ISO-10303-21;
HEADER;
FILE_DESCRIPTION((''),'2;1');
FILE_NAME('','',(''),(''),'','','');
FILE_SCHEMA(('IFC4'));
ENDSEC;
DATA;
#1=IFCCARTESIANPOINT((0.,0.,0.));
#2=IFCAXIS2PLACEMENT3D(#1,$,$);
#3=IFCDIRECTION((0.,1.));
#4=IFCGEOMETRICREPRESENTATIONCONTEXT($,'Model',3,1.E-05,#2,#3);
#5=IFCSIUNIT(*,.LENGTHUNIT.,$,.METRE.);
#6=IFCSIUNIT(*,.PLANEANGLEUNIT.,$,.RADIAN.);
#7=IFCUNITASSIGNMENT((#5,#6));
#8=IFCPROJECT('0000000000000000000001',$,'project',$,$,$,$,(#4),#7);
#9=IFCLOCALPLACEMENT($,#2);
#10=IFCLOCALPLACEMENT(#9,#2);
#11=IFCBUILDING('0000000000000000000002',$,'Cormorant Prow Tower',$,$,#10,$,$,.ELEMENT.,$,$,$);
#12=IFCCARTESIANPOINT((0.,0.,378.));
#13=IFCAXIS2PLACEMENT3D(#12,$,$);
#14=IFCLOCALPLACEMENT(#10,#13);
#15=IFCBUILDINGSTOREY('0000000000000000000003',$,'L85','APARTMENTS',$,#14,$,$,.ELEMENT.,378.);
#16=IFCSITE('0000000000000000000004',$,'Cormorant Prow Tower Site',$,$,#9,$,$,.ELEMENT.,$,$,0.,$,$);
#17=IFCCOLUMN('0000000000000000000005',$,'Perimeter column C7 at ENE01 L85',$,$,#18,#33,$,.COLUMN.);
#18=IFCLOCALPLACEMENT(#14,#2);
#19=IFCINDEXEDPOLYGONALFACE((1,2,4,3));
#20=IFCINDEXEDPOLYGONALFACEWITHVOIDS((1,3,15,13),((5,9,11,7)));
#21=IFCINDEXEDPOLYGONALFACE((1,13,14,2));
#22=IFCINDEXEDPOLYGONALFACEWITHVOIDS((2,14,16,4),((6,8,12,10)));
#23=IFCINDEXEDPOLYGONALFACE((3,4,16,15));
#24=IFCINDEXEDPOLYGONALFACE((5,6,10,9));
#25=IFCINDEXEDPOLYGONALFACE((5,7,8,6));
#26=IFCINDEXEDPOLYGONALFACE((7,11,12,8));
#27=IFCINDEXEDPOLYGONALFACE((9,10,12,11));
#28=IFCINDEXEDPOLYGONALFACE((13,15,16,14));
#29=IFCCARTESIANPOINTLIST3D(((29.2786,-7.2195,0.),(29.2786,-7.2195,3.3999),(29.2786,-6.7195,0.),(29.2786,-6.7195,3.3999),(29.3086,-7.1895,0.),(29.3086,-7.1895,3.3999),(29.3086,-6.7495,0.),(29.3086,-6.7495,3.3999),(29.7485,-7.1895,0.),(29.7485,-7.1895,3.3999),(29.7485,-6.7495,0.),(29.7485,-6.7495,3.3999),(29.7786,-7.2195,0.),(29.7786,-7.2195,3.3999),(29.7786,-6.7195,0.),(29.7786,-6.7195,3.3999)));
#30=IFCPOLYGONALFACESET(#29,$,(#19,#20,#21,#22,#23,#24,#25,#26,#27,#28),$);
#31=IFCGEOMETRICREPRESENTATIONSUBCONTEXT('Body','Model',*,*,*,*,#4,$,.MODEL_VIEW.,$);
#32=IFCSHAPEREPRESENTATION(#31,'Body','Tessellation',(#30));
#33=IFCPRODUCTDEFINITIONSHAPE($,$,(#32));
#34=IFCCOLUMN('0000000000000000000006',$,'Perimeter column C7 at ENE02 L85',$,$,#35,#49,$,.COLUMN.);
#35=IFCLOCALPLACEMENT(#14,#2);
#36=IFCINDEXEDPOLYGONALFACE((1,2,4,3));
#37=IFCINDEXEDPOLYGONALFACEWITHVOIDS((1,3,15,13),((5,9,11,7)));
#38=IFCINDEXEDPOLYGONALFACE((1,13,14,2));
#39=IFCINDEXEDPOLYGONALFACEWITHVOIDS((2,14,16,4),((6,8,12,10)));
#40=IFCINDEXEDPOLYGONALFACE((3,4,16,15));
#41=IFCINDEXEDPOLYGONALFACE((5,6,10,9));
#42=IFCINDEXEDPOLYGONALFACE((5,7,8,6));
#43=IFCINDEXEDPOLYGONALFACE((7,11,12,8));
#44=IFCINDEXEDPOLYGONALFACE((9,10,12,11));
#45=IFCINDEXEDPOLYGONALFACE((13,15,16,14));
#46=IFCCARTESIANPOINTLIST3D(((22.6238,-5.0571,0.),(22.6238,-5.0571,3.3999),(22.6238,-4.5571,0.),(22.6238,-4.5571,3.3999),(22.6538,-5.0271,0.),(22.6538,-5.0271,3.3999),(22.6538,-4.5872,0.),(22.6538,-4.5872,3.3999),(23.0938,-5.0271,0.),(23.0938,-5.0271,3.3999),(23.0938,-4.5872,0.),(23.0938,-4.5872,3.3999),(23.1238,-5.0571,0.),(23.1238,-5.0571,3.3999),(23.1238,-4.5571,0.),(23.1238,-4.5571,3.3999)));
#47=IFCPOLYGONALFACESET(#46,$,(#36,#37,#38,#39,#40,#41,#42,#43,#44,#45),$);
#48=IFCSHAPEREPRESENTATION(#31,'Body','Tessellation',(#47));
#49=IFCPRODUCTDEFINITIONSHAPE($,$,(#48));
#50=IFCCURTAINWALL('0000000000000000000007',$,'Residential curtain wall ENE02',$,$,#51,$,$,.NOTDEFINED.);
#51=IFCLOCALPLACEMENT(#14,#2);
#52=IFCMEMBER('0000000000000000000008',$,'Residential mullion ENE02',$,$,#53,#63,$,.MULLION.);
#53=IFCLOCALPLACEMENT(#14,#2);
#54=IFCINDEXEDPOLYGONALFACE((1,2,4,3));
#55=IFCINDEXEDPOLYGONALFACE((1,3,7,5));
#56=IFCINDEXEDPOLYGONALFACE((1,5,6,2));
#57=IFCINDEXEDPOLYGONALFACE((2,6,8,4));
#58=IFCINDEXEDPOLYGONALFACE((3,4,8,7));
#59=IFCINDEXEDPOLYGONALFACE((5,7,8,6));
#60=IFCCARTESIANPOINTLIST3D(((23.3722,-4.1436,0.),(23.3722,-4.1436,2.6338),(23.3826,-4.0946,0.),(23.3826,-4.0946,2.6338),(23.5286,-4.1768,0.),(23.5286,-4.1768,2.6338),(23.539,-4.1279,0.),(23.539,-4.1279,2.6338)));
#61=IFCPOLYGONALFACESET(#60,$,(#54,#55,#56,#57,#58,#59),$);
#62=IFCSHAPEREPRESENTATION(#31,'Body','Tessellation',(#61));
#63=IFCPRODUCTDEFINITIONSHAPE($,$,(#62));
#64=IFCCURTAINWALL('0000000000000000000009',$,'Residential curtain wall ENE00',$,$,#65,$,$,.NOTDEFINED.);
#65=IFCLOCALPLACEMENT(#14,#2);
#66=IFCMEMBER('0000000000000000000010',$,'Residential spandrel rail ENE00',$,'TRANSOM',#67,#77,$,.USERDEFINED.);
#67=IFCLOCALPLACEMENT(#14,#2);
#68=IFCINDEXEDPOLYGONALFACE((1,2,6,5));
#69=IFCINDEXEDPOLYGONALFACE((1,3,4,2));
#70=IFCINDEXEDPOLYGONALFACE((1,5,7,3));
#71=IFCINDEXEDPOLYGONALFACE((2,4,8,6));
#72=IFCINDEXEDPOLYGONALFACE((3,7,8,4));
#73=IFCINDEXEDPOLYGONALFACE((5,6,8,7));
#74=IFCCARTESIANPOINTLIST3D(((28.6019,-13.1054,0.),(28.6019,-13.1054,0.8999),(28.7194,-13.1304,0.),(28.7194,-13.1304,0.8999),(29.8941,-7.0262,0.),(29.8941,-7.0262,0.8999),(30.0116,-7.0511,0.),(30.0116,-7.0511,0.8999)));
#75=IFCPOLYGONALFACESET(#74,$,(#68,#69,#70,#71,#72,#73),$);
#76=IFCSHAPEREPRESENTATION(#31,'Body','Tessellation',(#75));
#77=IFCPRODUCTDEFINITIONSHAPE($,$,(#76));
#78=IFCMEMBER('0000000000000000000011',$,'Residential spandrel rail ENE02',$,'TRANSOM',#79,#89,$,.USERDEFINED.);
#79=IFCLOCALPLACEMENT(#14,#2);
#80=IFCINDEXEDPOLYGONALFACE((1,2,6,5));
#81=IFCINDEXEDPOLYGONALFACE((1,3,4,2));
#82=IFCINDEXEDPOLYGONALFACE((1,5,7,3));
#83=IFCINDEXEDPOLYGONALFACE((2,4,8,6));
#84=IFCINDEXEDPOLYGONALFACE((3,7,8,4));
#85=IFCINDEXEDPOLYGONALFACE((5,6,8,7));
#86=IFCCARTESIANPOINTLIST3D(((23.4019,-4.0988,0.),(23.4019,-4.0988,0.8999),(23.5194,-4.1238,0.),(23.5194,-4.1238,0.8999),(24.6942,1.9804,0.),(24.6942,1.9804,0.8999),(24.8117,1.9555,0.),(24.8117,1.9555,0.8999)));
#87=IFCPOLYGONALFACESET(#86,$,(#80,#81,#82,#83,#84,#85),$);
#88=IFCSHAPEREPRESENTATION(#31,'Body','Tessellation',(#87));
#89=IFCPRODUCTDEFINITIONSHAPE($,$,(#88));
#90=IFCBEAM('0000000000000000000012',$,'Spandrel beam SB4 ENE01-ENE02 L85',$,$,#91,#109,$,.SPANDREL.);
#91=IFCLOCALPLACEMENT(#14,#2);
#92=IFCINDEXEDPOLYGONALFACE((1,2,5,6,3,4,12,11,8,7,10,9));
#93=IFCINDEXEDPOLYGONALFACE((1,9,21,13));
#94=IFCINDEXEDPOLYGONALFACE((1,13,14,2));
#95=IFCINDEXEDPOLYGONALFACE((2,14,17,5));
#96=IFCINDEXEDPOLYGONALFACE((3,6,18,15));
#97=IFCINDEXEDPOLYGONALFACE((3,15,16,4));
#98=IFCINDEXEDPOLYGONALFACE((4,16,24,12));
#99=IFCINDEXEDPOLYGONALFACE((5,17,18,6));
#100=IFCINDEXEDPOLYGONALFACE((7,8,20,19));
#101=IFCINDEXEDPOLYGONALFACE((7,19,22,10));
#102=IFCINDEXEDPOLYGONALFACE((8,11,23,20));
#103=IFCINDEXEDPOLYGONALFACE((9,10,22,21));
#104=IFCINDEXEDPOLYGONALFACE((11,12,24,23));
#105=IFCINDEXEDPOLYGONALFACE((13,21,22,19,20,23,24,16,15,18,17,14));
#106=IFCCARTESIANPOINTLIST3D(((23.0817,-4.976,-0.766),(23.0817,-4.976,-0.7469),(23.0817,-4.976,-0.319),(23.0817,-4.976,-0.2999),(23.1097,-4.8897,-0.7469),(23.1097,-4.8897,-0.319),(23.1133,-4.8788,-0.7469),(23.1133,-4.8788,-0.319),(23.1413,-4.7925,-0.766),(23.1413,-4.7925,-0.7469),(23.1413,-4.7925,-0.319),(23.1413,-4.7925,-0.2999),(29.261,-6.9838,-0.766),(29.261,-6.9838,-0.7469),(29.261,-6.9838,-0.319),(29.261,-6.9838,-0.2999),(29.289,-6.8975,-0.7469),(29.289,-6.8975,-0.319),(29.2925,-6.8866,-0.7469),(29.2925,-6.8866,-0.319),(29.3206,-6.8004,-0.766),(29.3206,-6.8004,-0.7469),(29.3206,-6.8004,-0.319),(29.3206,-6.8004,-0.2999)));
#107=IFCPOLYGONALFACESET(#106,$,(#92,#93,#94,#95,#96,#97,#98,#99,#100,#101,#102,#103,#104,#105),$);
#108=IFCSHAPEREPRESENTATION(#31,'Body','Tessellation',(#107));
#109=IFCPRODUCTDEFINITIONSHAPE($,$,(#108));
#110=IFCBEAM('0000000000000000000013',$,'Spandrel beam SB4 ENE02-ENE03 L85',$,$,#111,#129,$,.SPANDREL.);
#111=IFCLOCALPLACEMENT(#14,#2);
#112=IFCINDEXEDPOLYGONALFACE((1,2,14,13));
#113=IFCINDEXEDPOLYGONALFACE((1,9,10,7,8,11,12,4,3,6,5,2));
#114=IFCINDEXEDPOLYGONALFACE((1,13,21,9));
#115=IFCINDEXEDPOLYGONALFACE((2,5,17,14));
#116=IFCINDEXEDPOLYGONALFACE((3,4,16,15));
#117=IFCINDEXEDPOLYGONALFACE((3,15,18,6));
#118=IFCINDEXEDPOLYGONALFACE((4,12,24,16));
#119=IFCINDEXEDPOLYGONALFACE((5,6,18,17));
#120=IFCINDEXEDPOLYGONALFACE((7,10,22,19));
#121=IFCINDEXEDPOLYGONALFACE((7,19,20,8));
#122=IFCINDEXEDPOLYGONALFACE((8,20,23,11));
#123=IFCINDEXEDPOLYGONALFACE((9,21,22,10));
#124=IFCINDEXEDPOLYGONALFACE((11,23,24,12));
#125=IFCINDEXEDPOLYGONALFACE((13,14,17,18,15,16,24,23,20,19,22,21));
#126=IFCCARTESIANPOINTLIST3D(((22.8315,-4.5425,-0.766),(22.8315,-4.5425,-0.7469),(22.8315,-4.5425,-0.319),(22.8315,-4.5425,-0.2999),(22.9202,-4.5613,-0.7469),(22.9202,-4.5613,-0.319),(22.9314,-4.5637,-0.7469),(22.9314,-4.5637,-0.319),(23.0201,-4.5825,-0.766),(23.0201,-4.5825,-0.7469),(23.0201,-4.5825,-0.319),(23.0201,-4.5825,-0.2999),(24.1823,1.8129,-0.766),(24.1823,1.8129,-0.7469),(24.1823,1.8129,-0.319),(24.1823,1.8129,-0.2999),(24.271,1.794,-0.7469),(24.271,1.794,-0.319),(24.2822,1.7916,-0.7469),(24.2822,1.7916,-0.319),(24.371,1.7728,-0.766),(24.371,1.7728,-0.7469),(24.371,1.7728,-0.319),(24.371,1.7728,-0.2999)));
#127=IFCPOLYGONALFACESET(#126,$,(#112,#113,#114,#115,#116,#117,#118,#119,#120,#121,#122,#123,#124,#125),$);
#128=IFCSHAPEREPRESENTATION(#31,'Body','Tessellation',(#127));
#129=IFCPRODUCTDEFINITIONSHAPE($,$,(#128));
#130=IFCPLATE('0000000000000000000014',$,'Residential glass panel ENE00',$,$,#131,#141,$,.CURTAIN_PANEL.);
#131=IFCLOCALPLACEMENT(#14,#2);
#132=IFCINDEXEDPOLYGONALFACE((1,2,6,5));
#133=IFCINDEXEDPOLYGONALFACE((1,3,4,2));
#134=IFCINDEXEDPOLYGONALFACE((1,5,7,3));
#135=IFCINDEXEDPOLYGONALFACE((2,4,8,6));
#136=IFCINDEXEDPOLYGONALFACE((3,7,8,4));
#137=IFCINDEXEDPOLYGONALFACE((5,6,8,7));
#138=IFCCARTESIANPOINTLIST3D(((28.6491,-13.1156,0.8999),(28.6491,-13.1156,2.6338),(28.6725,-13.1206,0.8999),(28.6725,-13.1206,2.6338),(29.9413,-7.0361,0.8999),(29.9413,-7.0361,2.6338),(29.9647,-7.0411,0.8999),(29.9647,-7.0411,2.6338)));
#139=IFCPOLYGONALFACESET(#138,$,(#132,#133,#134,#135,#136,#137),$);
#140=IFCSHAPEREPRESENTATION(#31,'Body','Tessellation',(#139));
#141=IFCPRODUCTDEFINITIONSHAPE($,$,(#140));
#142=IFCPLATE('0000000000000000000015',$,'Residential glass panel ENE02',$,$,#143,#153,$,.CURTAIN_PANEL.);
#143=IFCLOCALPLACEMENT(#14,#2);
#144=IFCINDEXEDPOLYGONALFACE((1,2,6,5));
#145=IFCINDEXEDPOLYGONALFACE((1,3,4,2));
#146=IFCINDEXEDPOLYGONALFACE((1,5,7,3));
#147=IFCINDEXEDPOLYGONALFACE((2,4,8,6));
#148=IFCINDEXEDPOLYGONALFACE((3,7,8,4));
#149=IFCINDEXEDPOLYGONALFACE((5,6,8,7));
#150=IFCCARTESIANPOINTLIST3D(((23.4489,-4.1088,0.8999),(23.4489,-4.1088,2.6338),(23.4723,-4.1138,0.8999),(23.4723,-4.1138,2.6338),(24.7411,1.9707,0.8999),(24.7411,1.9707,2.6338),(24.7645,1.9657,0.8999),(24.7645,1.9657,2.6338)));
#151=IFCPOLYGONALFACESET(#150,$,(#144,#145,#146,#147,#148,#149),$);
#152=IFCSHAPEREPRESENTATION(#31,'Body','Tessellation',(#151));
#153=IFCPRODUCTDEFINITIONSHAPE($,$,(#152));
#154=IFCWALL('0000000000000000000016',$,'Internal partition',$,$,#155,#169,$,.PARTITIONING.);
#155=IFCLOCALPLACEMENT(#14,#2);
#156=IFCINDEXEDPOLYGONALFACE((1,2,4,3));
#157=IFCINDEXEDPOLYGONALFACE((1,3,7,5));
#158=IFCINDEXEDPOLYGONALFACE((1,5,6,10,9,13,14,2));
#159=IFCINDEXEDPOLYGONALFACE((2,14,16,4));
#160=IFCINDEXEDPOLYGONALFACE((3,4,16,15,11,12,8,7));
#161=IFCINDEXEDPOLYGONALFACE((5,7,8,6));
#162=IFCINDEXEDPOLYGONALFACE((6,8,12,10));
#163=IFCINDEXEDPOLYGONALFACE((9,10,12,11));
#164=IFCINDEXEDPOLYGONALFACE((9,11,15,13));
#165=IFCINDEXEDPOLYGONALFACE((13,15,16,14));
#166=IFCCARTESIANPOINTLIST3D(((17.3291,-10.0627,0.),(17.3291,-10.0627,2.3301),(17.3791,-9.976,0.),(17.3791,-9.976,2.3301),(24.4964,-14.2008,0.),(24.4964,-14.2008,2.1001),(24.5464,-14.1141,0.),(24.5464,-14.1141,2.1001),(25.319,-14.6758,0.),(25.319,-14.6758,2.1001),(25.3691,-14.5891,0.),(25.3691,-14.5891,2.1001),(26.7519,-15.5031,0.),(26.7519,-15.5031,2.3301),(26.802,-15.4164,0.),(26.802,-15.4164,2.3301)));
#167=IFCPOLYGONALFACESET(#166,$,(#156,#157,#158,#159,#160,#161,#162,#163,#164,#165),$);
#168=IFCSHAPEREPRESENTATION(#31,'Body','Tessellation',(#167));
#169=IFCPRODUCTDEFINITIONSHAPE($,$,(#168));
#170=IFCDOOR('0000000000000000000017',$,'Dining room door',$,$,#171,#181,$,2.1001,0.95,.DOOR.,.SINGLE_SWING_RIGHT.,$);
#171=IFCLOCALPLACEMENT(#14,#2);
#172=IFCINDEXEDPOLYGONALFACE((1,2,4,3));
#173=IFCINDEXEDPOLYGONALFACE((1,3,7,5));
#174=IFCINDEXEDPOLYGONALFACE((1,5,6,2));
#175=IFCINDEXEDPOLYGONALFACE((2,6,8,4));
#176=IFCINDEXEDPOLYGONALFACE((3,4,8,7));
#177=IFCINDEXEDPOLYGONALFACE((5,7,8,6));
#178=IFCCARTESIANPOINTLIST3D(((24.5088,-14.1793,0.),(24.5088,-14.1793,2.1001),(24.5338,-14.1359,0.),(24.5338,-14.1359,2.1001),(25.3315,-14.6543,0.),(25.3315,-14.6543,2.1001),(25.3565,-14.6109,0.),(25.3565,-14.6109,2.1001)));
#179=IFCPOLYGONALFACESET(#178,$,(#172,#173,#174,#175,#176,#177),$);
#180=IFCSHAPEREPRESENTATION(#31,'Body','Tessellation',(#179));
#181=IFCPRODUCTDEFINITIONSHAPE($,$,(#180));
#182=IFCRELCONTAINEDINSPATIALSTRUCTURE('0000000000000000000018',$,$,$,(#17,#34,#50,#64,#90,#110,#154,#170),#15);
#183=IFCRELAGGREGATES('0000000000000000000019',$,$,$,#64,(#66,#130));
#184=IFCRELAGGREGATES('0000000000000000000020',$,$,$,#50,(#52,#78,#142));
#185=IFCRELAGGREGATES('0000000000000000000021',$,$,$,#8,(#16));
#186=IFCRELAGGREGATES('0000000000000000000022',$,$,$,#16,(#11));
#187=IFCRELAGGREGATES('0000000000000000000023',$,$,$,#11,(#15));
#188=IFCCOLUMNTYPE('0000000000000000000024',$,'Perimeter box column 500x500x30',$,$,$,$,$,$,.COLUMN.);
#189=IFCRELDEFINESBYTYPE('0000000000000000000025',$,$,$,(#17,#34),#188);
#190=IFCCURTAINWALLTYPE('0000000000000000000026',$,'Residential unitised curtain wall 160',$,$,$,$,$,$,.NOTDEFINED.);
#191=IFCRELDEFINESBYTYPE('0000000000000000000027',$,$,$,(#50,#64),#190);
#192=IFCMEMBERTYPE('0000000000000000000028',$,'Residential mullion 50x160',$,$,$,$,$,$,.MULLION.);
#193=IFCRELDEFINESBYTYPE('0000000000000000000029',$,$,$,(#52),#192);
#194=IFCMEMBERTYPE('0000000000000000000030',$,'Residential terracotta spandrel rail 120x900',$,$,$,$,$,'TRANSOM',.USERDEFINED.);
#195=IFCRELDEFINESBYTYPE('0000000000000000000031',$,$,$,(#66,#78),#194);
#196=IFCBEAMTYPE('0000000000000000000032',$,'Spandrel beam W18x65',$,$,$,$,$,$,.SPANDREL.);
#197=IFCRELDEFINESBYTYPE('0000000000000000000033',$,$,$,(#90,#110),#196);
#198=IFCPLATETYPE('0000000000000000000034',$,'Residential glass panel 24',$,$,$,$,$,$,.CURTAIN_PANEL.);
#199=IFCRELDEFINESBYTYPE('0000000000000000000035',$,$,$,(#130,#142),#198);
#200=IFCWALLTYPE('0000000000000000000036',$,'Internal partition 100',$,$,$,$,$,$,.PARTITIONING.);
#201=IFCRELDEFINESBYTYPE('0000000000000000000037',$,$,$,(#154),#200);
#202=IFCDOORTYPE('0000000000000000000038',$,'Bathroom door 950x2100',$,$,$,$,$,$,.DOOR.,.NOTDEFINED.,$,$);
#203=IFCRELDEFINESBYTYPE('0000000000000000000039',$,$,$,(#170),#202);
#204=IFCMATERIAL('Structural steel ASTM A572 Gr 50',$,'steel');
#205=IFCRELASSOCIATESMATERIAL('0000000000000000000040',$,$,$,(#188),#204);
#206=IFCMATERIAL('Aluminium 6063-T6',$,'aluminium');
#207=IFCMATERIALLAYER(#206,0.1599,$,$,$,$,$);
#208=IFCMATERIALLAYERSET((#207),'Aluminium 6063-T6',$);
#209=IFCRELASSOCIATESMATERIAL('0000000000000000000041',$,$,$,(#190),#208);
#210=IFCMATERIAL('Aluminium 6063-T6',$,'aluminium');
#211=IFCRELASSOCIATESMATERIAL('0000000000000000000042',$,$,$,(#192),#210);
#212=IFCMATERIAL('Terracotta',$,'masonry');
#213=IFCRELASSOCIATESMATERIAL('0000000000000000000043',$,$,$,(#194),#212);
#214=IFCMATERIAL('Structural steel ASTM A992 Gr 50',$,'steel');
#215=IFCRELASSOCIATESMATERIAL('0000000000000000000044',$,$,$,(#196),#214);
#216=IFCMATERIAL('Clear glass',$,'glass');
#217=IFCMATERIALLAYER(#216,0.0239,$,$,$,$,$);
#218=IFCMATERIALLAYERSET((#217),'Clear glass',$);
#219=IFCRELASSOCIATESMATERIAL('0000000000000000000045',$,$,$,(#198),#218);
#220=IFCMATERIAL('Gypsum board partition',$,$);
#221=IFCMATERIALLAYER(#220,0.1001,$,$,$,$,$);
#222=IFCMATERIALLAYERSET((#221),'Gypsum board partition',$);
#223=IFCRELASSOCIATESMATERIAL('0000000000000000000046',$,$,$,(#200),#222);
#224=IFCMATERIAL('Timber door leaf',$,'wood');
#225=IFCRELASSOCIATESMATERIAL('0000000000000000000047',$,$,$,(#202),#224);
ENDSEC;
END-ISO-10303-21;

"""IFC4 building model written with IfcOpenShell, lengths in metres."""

from ifc_helpers import new_model, si_unit, direction, frame, frame_2d, origin, origin_2d, place, context, subcontext, project, spatial, rectangle, hollow_rectangle, i_section, extrude, material, layer, layer_set, material_profile, profile_set, type_object, element, fill, aggregate, save


model = new_model("IFC4")

# Units and contexts
model_context = context("Model", 3, precision=1e-05, world=origin(), true_north=direction((0.0, 1.0)))
body_context = subcontext(model_context, "Body", "Model", "MODEL_VIEW")
ifc_project = project(units=[si_unit("LENGTHUNIT", "METRE"), si_unit("PLANEANGLEUNIT", "RADIAN")], contexts=[model_context])

# Site, building, storey
site_placement = place(None, origin())
site = spatial("IfcSite", under=ifc_project, at=site_placement, Name="Cormorant Prow Tower Site", CompositionType="ELEMENT", RefElevation=0.0)
building_placement = place(site_placement, origin())
building = spatial("IfcBuilding", under=site, at=building_placement, Name="Cormorant Prow Tower", CompositionType="ELEMENT")
storey_placement = place(building_placement, frame((0.0, 0.0, 378.0)))
storey = spatial("IfcBuildingStorey", under=building, at=storey_placement, Name="L85", Description="APARTMENTS", CompositionType="ELEMENT", Elevation=378.0)

# Columns
ifc_material_1 = material(Name="Structural steel ASTM A572 Gr 50", Category="steel")
ifc_material_profile_1 = material_profile(ifc_material_1, hollow_rectangle(XDim=0.5, YDim=0.5, WallThickness=0.03, at=origin_2d()), Name="Box 500x500x30")
ifc_profile_set_1 = profile_set([ifc_material_profile_1], Name="Structural steel ASTM A572 Gr 50")
column_type = type_object("IfcColumnType", Name="Perimeter box column 500x500x30", PredefinedType="COLUMN", material=ifc_profile_set_1)
for number, where, z_axis, x_axis, name in (
    (1, (29.5286, -6.9695, 0.0), (0.0, 0.0, 1.0), (1.0, 0.0, 0.0), "Perimeter column C7 at ENE01 L85"),
    (2, (22.8738, -4.8071, 0.0), (0.0, 0.0, 1.0), (1.0, 0.0, 0.0), "Perimeter column C7 at ENE02 L85"),
):
    element("IfcColumn", number, at=place(storey_placement, frame(where, z_axis=z_axis, x_axis=x_axis)), inside=storey, type_object=column_type, Name=name, PredefinedType="COLUMN", context=body_context, shape_type="SweptSolid", body=[
        extrude(hollow_rectangle(XDim=0.5, YDim=0.5, WallThickness=0.03, at=origin_2d()), origin(), (0.0, 0.0, 1.0), 3.3999),
    ])

# Curtain walls, members
ifc_material_2 = material(Name="Aluminium 6063-T6", Category="aluminium")
ifc_layer_1 = layer(ifc_material_2, 0.1599)
ifc_layer_set_1 = layer_set([ifc_layer_1], Name="Aluminium 6063-T6")
curtain_wall_type = type_object("IfcCurtainWallType", Name="Residential unitised curtain wall 160", PredefinedType="NOTDEFINED", material=ifc_layer_set_1)
curtain_wall_1_placement = place(storey_placement, origin())
curtain_wall_1 = element("IfcCurtainWall", 3, at=curtain_wall_1_placement, inside=storey, type_object=curtain_wall_type, Name="Residential curtain wall ENE02", PredefinedType="NOTDEFINED")
ifc_material_3 = material(Name="Aluminium 6063-T6", Category="aluminium")
ifc_material_profile_2 = material_profile(ifc_material_3, rectangle(XDim=0.1599, YDim=0.05, at=origin_2d()), Name="Residential mullion 50x160")
ifc_profile_set_2 = profile_set([ifc_material_profile_2], Name="Aluminium 6063-T6")
member_type_1 = type_object("IfcMemberType", Name="Residential mullion 50x160", PredefinedType="MULLION", material=ifc_profile_set_2)
member_1_placement = place(storey_placement, frame((23.4556, -4.1357, 0.0), z_axis=(0.0, 0.0, 1.0), x_axis=(-0.978148, 0.207912, 0.0)))
member_1 = element("IfcMember", 4, at=member_1_placement, type_object=member_type_1, Name="Residential mullion ENE02", PredefinedType="MULLION", context=body_context, shape_type="SweptSolid", body=[
    extrude(rectangle(XDim=0.1599, YDim=0.05, at=origin_2d()), origin(), (0.0, 0.0, 1.0), 2.6338),
])
curtain_wall_2_placement = place(storey_placement, origin())
curtain_wall_2 = element("IfcCurtainWall", 5, at=curtain_wall_2_placement, inside=storey, type_object=curtain_wall_type, Name="Residential curtain wall ENE00", PredefinedType="NOTDEFINED")
ifc_material_4 = material(Name="Terracotta", Category="masonry")
ifc_material_profile_3 = material_profile(ifc_material_4, rectangle(XDim=0.1201, YDim=0.8999, at=origin_2d()), Name="Residential terracotta spandrel rail 120x900")
ifc_profile_set_3 = profile_set([ifc_material_profile_3], Name="Terracotta")
member_type_2 = type_object("IfcMemberType", Name="Residential terracotta spandrel rail 120x900", ElementType="TRANSOM", PredefinedType="USERDEFINED", material=ifc_profile_set_3)
member_2_placement = place(storey_placement, frame((28.6606, -13.1179, 0.45), z_axis=(0.207917, 0.978147, 0.0), x_axis=(-0.978147, 0.207917, 0.0)))
member_2 = element("IfcMember", 6, at=member_2_placement, type_object=member_type_2, Name="Residential spandrel rail ENE00", ObjectType="TRANSOM", PredefinedType="USERDEFINED", context=body_context, shape_type="SweptSolid", body=[
    extrude(rectangle(XDim=0.1201, YDim=0.8999, at=origin_2d()), origin(), (0.0, 0.0, 1.0), 6.2151),
])

# Member
member_3_placement = place(storey_placement, frame((23.4607, -4.1113, 0.45), z_axis=(0.207917, 0.978147, 0.0), x_axis=(-0.978147, 0.207917, 0.0)))
member_3 = element("IfcMember", 7, at=member_3_placement, type_object=member_type_2, Name="Residential spandrel rail ENE02", ObjectType="TRANSOM", PredefinedType="USERDEFINED", context=body_context, shape_type="SweptSolid", body=[
    extrude(rectangle(XDim=0.1201, YDim=0.8999, at=origin_2d()), origin(), (0.0, 0.0, 1.0), 6.2151),
])

# Beams
ifc_material_5 = material(Name="Structural steel ASTM A992 Gr 50", Category="steel")
ifc_material_profile_4 = material_profile(ifc_material_5, i_section(OverallWidth=0.1929, OverallDepth=0.4661, WebThickness=0.0115, FlangeThickness=0.019, at=origin_2d()), Name="W18x65")
ifc_profile_set_4 = profile_set([ifc_material_profile_4], Name="Structural steel ASTM A992 Gr 50")
beam_type = type_object("IfcBeamType", Name="Spandrel beam W18x65", PredefinedType="SPANDREL", material=ifc_profile_set_4)
for number, where, z_axis, x_axis, name in (
    (8, (29.2908, -6.8921, -0.533), (-0.951053, 0.309027, 0.0), (-0.309027, -0.951053, 0.0), "Spandrel beam SB4 ENE01-ENE02 L85"),
    (9, (22.9258, -4.5625, -0.533), (0.20791, 0.978148, 0.0), (-0.978148, 0.20791, 0.0), "Spandrel beam SB4 ENE02-ENE03 L85"),
):
    element("IfcBeam", number, at=place(storey_placement, frame(where, z_axis=z_axis, x_axis=x_axis)), inside=storey, type_object=beam_type, Name=name, PredefinedType="SPANDREL", context=body_context, shape_type="SweptSolid", body=[
        extrude(i_section(OverallWidth=0.1929, OverallDepth=0.4661, WebThickness=0.0115, FlangeThickness=0.019, at=origin_2d()), origin(), (0.0, 0.0, 1.0), 6.4973),
    ])

# Plates
ifc_material_6 = material(Name="Clear glass", Category="glass")
ifc_layer_2 = layer(ifc_material_6, 0.0239)
ifc_layer_set_2 = layer_set([ifc_layer_2], Name="Clear glass")
plate_type = type_object("IfcPlateType", Name="Residential glass panel 24", PredefinedType="CURTAIN_PANEL", material=ifc_layer_set_2)
plate_1_placement = place(storey_placement, frame((29.3069, -10.0784, 0.8999), z_axis=(0.0, 0.0, 1.0), x_axis=(0.207912, 0.978148, 0.0)))
plate_1 = element("IfcPlate", 10, at=plate_1_placement, type_object=plate_type, Name="Residential glass panel ENE00", PredefinedType="CURTAIN_PANEL", context=body_context, shape_type="SweptSolid", body=[
    extrude(rectangle(XDim=6.2153, YDim=0.0239, at=origin_2d()), origin(), (0.0, 0.0, 1.0), 1.7339),
])
aggregate(curtain_wall_2, [member_2, plate_1])
plate_2_placement = place(storey_placement, frame((24.1067, -1.0715, 0.8999), z_axis=(0.0, 0.0, 1.0), x_axis=(0.207912, 0.978148, 0.0)))
plate_2 = element("IfcPlate", 11, at=plate_2_placement, type_object=plate_type, Name="Residential glass panel ENE02", PredefinedType="CURTAIN_PANEL", context=body_context, shape_type="SweptSolid", body=[
    extrude(rectangle(XDim=6.2153, YDim=0.0239, at=origin_2d()), origin(), (0.0, 0.0, 1.0), 1.7339),
])
aggregate(curtain_wall_1, [member_1, member_3, plate_2])

# Wall, opening, door
ifc_material_7 = material(Name="Gypsum board partition")
ifc_layer_3 = layer(ifc_material_7, 0.1001)
ifc_layer_set_3 = layer_set([ifc_layer_3], Name="Gypsum board partition")
wall_type_1 = type_object("IfcWallType", Name="Internal partition 100", PredefinedType="PARTITIONING", material=ifc_layer_set_3)
wall_1_placement = place(storey_placement, frame((17.354, -10.0193, 0.0), z_axis=(0.0, 0.0, 1.0), x_axis=(0.86602, -0.50001, 0.0)))
wall_1 = element("IfcWall", 12, at=wall_1_placement, inside=storey, type_object=wall_type_1, Name="Internal partition", PredefinedType="PARTITIONING", context=body_context, shape_type="SweptSolid", body=[
    extrude(rectangle(XDim=10.8806, YDim=0.1001, at=frame_2d((5.4404, 0.0))), origin(), (0.0, 0.0, 1.0), 2.3301),
])
opening_1_placement = place(wall_1_placement, frame((8.2761, 0.0, 0.0)))
opening_1 = element("IfcOpeningElement", 13, at=opening_1_placement, cuts=wall_1, PredefinedType="OPENING", context=body_context, shape_type="SweptSolid", body=[
    extrude(rectangle(XDim=0.95, YDim=2.1001, at=frame_2d((0.4751, 1.05))), frame((0.0, 0.0601, 0.0), z_axis=(0.0, -1.0, 0.0), x_axis=(1.0, 0.0, 0.0)), (0.0, 0.0, 1.0), 0.1201),
])
ifc_material_8 = material(Name="Timber door leaf", Category="wood")
door_type_1 = type_object("IfcDoorType", Name="Bathroom door 950x2100", OperationType="NOTDEFINED", PredefinedType="DOOR", material=ifc_material_8)
door_1_placement = place(opening_1_placement, origin())
door_1 = element("IfcDoor", 14, at=door_1_placement, inside=storey, type_object=door_type_1, Name="Dining room door", OperationType="SINGLE_SWING_RIGHT", OverallHeight=2.1001, OverallWidth=0.95, PredefinedType="DOOR", context=body_context, shape_type="SweptSolid", body=[
    extrude(rectangle(XDim=0.95, YDim=2.1001, at=frame_2d((0.4751, 1.05))), frame((0.0, 0.0249, 0.0), z_axis=(0.0, -1.0, 0.0), x_axis=(1.0, 0.0, 0.0)), (0.0, 0.0, 1.0), 0.05),
])
fill(opening_1, door_1)

save(model, "model.ifc")
